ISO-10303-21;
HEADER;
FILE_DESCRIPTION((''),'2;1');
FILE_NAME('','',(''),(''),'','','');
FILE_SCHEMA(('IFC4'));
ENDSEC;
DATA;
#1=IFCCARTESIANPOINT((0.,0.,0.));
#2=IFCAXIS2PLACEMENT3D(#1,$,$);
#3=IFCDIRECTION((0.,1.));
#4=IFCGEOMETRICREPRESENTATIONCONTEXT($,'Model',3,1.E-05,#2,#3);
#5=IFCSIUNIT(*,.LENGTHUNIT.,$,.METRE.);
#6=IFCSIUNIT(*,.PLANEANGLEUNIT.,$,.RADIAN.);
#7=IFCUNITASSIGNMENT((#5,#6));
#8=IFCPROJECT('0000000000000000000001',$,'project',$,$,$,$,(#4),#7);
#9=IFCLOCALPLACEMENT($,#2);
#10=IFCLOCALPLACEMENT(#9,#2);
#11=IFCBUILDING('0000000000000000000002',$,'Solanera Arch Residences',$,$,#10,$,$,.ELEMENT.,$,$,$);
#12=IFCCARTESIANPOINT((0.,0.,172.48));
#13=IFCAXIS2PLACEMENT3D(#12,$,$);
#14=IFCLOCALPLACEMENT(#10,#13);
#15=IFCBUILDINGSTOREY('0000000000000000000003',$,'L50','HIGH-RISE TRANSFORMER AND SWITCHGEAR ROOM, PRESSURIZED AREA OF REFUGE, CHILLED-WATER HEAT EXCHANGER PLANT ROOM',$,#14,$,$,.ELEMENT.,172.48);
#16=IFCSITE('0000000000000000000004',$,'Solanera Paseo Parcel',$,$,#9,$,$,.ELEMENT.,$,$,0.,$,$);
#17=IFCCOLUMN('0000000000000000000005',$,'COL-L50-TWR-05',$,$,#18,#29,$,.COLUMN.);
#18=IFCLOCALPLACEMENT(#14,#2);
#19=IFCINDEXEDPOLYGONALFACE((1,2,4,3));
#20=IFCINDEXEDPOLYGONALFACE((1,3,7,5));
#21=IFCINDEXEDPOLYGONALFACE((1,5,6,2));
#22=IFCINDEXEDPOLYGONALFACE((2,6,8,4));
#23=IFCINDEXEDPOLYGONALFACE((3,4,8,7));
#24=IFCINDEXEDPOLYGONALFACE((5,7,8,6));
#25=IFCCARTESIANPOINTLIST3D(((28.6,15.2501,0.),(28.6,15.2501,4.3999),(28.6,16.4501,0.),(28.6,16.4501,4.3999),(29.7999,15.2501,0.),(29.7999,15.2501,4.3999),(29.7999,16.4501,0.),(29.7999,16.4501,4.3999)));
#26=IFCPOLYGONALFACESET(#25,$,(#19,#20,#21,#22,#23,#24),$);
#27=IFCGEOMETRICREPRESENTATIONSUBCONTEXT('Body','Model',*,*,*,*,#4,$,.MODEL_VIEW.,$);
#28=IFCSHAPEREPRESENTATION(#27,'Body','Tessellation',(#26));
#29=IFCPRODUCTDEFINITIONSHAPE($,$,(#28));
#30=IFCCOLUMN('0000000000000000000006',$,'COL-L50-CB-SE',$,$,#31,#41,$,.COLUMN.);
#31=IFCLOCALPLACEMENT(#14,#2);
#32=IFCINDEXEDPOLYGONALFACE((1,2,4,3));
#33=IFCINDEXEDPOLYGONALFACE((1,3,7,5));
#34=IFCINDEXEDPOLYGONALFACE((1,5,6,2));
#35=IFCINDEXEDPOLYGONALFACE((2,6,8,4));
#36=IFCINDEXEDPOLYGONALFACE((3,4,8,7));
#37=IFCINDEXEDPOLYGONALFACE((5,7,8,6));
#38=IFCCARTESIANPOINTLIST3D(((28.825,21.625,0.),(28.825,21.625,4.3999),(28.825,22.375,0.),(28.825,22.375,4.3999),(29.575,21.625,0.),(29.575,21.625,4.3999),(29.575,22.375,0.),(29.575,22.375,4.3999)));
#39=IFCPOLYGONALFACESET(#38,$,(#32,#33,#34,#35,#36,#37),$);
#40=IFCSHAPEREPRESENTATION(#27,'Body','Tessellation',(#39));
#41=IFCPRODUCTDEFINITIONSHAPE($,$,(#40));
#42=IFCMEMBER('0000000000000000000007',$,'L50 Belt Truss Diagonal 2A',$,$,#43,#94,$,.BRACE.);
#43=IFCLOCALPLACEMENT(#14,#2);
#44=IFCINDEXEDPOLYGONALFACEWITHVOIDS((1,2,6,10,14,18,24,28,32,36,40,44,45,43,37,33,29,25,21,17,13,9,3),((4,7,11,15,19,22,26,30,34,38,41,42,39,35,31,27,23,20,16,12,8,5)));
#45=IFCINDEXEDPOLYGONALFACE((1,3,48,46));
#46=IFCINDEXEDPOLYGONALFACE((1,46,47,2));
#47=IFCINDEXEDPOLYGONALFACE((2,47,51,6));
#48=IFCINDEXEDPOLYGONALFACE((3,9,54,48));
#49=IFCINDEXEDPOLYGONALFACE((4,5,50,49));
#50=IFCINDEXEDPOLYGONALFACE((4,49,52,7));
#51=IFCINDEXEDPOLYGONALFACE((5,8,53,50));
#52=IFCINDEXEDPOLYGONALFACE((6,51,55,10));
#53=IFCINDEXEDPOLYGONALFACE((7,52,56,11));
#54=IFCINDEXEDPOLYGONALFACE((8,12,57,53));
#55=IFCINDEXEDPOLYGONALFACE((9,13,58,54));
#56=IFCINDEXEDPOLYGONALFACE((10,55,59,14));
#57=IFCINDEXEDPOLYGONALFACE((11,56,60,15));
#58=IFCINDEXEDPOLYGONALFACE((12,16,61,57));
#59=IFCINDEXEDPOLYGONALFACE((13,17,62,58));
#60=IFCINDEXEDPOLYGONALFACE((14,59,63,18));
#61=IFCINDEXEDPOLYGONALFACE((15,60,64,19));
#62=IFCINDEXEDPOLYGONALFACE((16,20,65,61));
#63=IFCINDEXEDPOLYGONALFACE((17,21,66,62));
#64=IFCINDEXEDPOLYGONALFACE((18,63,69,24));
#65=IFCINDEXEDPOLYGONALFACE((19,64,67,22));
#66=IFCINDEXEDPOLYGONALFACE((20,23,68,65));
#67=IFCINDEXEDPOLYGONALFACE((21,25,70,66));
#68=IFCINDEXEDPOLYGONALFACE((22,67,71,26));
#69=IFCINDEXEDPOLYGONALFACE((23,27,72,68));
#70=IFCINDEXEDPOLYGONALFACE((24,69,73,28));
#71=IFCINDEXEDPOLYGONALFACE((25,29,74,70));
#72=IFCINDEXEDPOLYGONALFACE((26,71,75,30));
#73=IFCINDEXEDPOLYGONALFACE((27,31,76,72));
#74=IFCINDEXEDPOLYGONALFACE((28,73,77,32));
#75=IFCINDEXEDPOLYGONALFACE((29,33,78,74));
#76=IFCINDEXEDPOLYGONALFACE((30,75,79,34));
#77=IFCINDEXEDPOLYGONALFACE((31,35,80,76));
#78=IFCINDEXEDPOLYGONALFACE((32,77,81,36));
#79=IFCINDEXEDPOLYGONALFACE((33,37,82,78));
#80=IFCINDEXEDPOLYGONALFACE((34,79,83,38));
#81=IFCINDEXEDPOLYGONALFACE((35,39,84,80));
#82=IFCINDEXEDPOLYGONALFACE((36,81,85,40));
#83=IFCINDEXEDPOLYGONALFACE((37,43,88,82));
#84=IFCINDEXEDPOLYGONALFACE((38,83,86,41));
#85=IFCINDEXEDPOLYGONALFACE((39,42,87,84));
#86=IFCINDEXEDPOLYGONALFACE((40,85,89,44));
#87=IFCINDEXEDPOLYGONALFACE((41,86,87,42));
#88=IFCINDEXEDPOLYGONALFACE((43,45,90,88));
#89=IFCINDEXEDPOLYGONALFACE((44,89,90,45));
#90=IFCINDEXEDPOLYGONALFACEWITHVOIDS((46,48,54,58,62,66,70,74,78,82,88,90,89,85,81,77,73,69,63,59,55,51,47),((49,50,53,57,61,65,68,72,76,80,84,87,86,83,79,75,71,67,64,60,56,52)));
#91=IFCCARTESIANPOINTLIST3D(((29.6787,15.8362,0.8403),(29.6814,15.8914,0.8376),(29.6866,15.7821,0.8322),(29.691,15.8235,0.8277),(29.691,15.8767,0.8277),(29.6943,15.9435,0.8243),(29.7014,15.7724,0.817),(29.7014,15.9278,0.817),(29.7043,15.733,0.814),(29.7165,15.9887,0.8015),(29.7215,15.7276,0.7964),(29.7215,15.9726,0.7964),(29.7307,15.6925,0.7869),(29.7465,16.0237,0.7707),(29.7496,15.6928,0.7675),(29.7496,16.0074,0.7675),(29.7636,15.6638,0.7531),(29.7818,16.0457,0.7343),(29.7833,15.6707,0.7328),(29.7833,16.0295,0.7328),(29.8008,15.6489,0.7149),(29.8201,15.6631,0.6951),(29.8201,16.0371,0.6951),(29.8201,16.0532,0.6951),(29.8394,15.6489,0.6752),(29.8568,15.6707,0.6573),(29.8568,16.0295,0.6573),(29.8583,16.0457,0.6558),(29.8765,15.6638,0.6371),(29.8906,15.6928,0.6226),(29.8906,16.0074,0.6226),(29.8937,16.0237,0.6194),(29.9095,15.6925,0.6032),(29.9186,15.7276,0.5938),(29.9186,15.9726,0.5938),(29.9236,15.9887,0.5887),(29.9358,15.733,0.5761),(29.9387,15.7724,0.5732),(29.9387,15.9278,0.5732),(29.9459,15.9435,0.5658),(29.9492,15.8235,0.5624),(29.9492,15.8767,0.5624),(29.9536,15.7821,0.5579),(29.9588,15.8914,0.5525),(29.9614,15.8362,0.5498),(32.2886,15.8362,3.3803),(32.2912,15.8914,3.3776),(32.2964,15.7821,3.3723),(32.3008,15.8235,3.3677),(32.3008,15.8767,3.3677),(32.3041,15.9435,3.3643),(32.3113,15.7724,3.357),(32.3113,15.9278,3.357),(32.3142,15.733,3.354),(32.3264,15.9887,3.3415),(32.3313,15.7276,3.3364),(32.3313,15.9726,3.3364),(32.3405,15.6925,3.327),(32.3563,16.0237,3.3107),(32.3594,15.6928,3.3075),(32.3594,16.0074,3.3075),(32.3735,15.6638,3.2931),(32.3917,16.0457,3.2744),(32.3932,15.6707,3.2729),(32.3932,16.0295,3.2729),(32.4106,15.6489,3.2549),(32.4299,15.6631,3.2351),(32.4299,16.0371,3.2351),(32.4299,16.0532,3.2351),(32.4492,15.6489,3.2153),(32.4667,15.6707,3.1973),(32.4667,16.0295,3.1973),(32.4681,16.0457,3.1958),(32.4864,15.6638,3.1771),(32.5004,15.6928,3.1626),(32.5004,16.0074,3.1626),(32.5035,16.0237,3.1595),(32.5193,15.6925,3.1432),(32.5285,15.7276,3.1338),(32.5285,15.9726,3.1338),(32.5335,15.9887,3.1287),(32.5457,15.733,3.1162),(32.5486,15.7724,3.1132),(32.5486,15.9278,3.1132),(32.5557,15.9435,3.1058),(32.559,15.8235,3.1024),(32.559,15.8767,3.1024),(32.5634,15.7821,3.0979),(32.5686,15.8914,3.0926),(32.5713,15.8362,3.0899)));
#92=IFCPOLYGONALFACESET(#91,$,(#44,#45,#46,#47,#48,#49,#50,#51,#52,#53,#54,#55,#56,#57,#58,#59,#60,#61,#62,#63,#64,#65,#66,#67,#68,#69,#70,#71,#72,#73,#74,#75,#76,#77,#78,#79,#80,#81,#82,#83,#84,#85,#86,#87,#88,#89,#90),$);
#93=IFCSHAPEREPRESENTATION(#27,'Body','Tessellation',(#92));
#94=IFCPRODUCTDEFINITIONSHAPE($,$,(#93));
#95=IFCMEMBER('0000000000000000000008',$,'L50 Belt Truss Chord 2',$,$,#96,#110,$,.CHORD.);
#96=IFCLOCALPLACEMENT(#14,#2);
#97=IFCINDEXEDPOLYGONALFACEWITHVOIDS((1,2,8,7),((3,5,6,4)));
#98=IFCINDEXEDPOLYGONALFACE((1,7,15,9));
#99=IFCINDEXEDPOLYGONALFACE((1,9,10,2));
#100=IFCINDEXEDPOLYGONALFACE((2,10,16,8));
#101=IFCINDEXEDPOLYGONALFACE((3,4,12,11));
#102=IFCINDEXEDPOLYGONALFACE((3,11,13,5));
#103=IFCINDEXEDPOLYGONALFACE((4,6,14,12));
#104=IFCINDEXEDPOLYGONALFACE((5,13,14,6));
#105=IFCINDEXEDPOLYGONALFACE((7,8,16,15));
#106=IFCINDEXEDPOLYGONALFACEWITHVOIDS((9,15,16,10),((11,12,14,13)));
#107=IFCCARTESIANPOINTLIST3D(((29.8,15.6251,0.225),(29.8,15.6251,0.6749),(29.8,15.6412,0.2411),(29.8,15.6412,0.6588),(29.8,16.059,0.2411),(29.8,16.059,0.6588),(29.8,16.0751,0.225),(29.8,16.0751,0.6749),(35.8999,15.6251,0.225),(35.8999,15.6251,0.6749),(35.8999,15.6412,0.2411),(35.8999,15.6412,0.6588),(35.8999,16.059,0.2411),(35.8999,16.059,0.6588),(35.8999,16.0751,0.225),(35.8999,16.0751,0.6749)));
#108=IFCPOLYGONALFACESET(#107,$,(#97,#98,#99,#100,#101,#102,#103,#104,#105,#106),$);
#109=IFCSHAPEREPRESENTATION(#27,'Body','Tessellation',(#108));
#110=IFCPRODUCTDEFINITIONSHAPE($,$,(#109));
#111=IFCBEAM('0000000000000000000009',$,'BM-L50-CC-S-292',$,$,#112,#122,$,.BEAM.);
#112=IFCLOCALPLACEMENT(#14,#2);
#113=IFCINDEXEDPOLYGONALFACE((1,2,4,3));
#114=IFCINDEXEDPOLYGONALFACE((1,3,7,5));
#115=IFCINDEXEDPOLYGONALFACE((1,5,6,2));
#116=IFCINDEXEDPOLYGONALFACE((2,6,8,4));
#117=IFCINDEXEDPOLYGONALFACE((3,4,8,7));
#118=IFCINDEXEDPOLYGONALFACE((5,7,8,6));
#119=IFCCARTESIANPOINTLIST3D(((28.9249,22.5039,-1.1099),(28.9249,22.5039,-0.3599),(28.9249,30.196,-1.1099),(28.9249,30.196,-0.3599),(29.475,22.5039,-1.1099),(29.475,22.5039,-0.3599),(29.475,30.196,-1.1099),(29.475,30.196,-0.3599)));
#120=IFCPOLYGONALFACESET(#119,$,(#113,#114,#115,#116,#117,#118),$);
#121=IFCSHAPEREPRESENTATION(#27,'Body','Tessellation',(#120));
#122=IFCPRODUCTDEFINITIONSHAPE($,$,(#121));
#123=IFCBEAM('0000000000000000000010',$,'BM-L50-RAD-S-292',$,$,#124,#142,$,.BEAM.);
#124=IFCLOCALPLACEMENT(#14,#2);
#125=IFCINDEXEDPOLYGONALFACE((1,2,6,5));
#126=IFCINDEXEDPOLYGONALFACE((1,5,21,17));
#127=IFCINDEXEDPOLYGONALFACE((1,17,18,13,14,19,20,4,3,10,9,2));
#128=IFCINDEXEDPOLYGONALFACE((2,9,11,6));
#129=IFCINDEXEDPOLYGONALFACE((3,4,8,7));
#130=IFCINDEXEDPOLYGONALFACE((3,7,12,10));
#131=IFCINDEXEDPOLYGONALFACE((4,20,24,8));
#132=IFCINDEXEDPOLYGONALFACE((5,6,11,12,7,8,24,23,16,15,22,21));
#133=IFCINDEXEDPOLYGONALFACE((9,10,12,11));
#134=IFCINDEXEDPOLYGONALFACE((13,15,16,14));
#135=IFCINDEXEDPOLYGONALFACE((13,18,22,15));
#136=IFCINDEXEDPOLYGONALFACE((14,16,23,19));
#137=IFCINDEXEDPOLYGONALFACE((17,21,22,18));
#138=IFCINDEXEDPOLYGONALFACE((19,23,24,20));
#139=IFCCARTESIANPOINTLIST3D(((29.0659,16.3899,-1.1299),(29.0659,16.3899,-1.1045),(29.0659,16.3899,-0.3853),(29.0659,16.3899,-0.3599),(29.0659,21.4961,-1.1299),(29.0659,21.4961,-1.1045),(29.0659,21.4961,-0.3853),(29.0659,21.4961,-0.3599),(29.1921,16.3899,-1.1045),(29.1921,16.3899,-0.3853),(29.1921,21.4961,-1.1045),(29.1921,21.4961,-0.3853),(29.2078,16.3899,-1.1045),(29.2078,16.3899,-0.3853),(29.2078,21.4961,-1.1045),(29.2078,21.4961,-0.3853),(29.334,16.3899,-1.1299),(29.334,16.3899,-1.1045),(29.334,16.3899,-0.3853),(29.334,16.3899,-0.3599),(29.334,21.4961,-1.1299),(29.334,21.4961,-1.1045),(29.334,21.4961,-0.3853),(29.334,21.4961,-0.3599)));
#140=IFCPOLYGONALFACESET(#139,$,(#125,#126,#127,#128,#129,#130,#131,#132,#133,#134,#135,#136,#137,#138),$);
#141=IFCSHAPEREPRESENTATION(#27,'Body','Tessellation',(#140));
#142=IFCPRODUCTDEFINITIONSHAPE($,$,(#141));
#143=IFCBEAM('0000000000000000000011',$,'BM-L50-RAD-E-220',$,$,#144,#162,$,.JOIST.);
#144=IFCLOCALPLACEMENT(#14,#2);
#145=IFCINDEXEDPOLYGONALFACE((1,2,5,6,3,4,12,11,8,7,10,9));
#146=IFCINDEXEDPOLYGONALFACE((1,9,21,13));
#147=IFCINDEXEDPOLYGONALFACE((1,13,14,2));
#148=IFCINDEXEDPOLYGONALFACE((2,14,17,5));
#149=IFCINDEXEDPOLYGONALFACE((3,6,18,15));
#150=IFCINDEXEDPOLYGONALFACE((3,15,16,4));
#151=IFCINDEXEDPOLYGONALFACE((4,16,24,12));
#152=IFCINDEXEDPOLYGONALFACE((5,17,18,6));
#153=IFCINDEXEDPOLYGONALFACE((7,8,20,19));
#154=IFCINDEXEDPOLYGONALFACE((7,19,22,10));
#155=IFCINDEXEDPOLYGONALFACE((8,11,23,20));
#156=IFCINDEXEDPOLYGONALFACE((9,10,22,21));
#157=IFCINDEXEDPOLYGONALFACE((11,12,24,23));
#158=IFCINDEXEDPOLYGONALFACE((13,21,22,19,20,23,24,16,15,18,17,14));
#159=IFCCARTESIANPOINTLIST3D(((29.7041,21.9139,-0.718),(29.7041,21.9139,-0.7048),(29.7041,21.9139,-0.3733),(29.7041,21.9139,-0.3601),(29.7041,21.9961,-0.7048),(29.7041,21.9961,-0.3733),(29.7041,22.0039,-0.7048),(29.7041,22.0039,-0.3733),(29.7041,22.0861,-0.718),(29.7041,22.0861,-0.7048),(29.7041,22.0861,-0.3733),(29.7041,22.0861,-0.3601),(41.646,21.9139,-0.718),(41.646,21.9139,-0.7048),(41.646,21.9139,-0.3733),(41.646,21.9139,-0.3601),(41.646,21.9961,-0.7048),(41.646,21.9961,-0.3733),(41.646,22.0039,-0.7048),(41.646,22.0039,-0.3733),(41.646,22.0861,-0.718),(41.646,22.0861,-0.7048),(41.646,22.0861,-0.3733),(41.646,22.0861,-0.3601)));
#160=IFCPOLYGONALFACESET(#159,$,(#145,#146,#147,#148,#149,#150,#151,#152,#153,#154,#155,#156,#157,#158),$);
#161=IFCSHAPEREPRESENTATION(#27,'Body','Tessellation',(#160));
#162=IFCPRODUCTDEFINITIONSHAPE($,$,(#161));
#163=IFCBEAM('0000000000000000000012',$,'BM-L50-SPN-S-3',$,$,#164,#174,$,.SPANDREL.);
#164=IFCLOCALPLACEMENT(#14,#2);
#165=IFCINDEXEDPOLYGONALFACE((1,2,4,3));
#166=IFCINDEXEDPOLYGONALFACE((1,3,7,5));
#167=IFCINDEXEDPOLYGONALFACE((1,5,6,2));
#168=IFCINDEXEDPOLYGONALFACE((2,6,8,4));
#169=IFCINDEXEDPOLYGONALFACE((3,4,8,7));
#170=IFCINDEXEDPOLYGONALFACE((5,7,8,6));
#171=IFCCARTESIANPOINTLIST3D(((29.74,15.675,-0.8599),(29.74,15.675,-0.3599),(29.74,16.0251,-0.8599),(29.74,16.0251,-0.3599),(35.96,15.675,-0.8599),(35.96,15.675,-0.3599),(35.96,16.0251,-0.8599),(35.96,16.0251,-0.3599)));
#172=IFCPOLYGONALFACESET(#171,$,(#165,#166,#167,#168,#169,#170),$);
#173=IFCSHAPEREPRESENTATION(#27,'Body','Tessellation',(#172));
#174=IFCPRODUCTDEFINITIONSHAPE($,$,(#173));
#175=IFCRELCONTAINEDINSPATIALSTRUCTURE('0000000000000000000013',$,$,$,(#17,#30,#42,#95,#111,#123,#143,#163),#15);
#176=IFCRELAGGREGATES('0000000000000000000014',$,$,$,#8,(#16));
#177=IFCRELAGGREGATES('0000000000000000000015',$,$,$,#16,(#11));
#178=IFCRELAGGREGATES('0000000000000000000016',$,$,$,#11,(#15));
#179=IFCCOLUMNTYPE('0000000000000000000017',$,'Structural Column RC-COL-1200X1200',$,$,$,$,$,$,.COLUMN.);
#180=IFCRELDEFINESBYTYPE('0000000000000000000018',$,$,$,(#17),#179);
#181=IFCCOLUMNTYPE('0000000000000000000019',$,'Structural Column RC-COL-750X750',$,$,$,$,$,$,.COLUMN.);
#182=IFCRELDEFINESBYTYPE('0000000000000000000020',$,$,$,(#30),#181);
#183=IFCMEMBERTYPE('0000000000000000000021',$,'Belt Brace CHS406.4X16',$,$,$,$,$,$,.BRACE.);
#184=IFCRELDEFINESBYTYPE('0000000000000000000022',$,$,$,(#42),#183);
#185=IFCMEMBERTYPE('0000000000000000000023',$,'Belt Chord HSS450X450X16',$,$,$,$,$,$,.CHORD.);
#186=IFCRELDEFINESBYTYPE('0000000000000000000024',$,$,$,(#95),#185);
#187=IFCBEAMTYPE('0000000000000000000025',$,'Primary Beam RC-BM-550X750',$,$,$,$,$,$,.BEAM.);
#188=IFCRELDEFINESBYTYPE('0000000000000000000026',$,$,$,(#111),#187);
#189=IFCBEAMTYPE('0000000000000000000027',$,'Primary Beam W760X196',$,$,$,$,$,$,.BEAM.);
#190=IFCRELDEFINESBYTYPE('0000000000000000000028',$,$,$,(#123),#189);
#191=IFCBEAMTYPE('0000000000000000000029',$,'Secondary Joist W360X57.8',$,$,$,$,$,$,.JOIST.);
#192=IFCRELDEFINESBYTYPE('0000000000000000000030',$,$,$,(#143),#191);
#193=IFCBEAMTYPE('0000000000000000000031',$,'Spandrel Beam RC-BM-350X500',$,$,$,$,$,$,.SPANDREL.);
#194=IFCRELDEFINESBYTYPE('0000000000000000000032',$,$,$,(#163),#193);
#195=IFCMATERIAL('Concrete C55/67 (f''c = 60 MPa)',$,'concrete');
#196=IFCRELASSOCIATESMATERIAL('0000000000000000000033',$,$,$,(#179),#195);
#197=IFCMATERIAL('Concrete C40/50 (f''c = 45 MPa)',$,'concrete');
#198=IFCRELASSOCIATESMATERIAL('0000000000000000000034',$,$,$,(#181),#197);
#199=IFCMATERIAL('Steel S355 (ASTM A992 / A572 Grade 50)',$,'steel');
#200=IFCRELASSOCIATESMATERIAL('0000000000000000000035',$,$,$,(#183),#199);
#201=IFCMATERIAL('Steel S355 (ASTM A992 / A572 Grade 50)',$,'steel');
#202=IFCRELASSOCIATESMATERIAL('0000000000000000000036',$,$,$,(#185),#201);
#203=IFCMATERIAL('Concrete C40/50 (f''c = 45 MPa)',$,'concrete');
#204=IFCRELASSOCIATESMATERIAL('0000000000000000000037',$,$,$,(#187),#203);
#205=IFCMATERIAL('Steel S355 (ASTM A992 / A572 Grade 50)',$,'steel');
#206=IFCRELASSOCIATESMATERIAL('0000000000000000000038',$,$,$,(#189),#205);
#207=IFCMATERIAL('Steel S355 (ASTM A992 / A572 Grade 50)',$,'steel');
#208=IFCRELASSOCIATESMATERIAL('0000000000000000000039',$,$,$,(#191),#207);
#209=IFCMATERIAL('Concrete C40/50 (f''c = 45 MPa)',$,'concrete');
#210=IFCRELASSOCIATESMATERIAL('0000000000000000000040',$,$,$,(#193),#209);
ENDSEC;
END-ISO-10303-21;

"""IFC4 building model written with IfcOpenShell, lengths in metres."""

from ifc_helpers import new_model, si_unit, direction, frame, origin, origin_2d, place, context, subcontext, project, spatial, rectangle, hollow_rectangle, hollow_circle, i_section, extrude, material, material_profile, profile_set, type_object, element, save


model = new_model("IFC4")

# Units and contexts
model_context = context("Model", 3, precision=1e-05, world=origin(), true_north=direction((0.0, 1.0)))
body_context = subcontext(model_context, "Body", "Model", "MODEL_VIEW")
ifc_project = project(units=[si_unit("LENGTHUNIT", "METRE"), si_unit("PLANEANGLEUNIT", "RADIAN")], contexts=[model_context])

# Site, building, storey
site_placement = place(None, origin())
site = spatial("IfcSite", under=ifc_project, at=site_placement, Name="Solanera Paseo Parcel", CompositionType="ELEMENT", RefElevation=0.0)
building_placement = place(site_placement, origin())
building = spatial("IfcBuilding", under=site, at=building_placement, Name="Solanera Arch Residences", CompositionType="ELEMENT")
storey_placement = place(building_placement, frame((0.0, 0.0, 172.48)))
storey = spatial("IfcBuildingStorey", under=building, at=storey_placement, Name="L50", Description="HIGH-RISE TRANSFORMER AND SWITCHGEAR ROOM, PRESSURIZED AREA OF REFUGE, CHILLED-WATER HEAT EXCHANGER PLANT ROOM", CompositionType="ELEMENT", Elevation=172.48)

# Columns
ifc_material_1 = material(Name="Concrete C55/67 (f'c = 60 MPa)", Category="concrete")
ifc_material_profile_1 = material_profile(ifc_material_1, rectangle(XDim=1.2, YDim=1.2, at=origin_2d()))
ifc_profile_set_1 = profile_set([ifc_material_profile_1], Name="Concrete C55/67 (f'c = 60 MPa)")
column_type_1 = type_object("IfcColumnType", Name="Structural Column RC-COL-1200X1200", PredefinedType="COLUMN", material=ifc_profile_set_1)
column_1_placement = place(storey_placement, frame((29.2, 15.8501, 0.0), z_axis=(0.0, 0.0, 1.0), x_axis=(1.0, 0.0, 0.0)))
element("IfcColumn", 1, at=column_1_placement, inside=storey, type_object=column_type_1, Name="COL-L50-TWR-05", PredefinedType="COLUMN", context=body_context, shape_type="SweptSolid", body=[
    extrude(rectangle(XDim=1.2, YDim=1.2, at=origin_2d()), origin(), (0.0, 0.0, 1.0), 4.3999),
])
ifc_material_2 = material(Name="Concrete C40/50 (f'c = 45 MPa)", Category="concrete")
ifc_material_profile_2 = material_profile(ifc_material_2, rectangle(XDim=0.75, YDim=0.75, at=origin_2d()))
ifc_profile_set_2 = profile_set([ifc_material_profile_2], Name="Concrete C40/50 (f'c = 45 MPa)")
column_type_2 = type_object("IfcColumnType", Name="Structural Column RC-COL-750X750", PredefinedType="COLUMN", material=ifc_profile_set_2)
column_2_placement = place(storey_placement, frame((29.2, 22.0, 0.0), z_axis=(0.0, 0.0, 1.0), x_axis=(1.0, 0.0, 0.0)))
element("IfcColumn", 2, at=column_2_placement, inside=storey, type_object=column_type_2, Name="COL-L50-CB-SE", PredefinedType="COLUMN", context=body_context, shape_type="SweptSolid", body=[
    extrude(rectangle(XDim=0.75, YDim=0.75, at=origin_2d()), origin(), (0.0, 0.0, 1.0), 4.3999),
])

# Members
ifc_material_3 = material(Name="Steel S355 (ASTM A992 / A572 Grade 50)", Category="steel")
ifc_material_profile_3 = material_profile(ifc_material_3, hollow_circle(Radius=0.2031, WallThickness=0.0161, at=origin_2d()))
ifc_profile_set_3 = profile_set([ifc_material_profile_3], Name="Steel S355 (ASTM A992 / A572 Grade 50)")
member_type_1 = type_object("IfcMemberType", Name="Belt Brace CHS406.4X16", PredefinedType="BRACE", material=ifc_profile_set_3)
member_1_placement = place(storey_placement, frame((29.8201, 15.8501, 0.6951), z_axis=(0.716628, 0.0, 0.697455), x_axis=(0.0, 1.0, 0.0)))
element("IfcMember", 3, at=member_1_placement, inside=storey, type_object=member_type_1, Name="L50 Belt Truss Diagonal 2A", PredefinedType="BRACE", context=body_context, shape_type="SweptSolid", body=[
    extrude(hollow_circle(Radius=0.2031, WallThickness=0.0161, at=origin_2d()), origin(), (0.0, 0.0, 1.0), 3.6418),
])
ifc_material_4 = material(Name="Steel S355 (ASTM A992 / A572 Grade 50)", Category="steel")
ifc_material_profile_4 = material_profile(ifc_material_4, hollow_rectangle(XDim=0.45, YDim=0.45, WallThickness=0.0161, at=origin_2d()))
ifc_profile_set_4 = profile_set([ifc_material_profile_4], Name="Steel S355 (ASTM A992 / A572 Grade 50)")
member_type_2 = type_object("IfcMemberType", Name="Belt Chord HSS450X450X16", PredefinedType="CHORD", material=ifc_profile_set_4)
member_2_placement = place(storey_placement, frame((29.8, 15.8501, 0.45), z_axis=(1.0, 0.0, 0.0), x_axis=(0.0, 1.0, 0.0)))
element("IfcMember", 4, at=member_2_placement, inside=storey, type_object=member_type_2, Name="L50 Belt Truss Chord 2", PredefinedType="CHORD", context=body_context, shape_type="SweptSolid", body=[
    extrude(hollow_rectangle(XDim=0.45, YDim=0.45, WallThickness=0.0161, at=origin_2d()), origin(), (0.0, 0.0, 1.0), 6.0999),
])

# Beams
ifc_material_5 = material(Name="Concrete C40/50 (f'c = 45 MPa)", Category="concrete")
ifc_material_profile_5 = material_profile(ifc_material_5, rectangle(XDim=0.55, YDim=0.75, at=origin_2d()))
ifc_profile_set_5 = profile_set([ifc_material_profile_5], Name="Concrete C40/50 (f'c = 45 MPa)")
beam_type_1 = type_object("IfcBeamType", Name="Primary Beam RC-BM-550X750", PredefinedType="BEAM", material=ifc_profile_set_5)
beam_1_placement = place(storey_placement, frame((29.2, 22.5039, -0.7349), z_axis=(0.0, 1.0, 0.0), x_axis=(-1.0, 0.0, 0.0)))
element("IfcBeam", 5, at=beam_1_placement, inside=storey, type_object=beam_type_1, Name="BM-L50-CC-S-292", PredefinedType="BEAM", context=body_context, shape_type="SweptSolid", body=[
    extrude(rectangle(XDim=0.55, YDim=0.75, at=origin_2d()), origin(), (0.0, 0.0, 1.0), 7.6921),
])
ifc_material_6 = material(Name="Steel S355 (ASTM A992 / A572 Grade 50)", Category="steel")
ifc_material_profile_6 = material_profile(ifc_material_6, i_section(OverallWidth=0.2681, OverallDepth=0.77, WebThickness=0.0156, FlangeThickness=0.0254, at=origin_2d()))
ifc_profile_set_6 = profile_set([ifc_material_profile_6], Name="Steel S355 (ASTM A992 / A572 Grade 50)")
beam_type_2 = type_object("IfcBeamType", Name="Primary Beam W760X196", PredefinedType="BEAM", material=ifc_profile_set_6)
beam_2_placement = place(storey_placement, frame((29.2, 16.3899, -0.7449), z_axis=(0.0, 1.0, 0.0), x_axis=(-1.0, 0.0, 0.0)))
element("IfcBeam", 6, at=beam_2_placement, inside=storey, type_object=beam_type_2, Name="BM-L50-RAD-S-292", PredefinedType="BEAM", context=body_context, shape_type="SweptSolid", body=[
    extrude(i_section(OverallWidth=0.2681, OverallDepth=0.77, WebThickness=0.0156, FlangeThickness=0.0254, at=origin_2d()), origin(), (0.0, 0.0, 1.0), 5.1062),
])
ifc_material_7 = material(Name="Steel S355 (ASTM A992 / A572 Grade 50)", Category="steel")
ifc_material_profile_7 = material_profile(ifc_material_7, i_section(OverallWidth=0.1721, OverallDepth=0.3579, WebThickness=0.0078, FlangeThickness=0.0132, at=origin_2d()))
ifc_profile_set_7 = profile_set([ifc_material_profile_7], Name="Steel S355 (ASTM A992 / A572 Grade 50)")
beam_type_3 = type_object("IfcBeamType", Name="Secondary Joist W360X57.8", PredefinedType="JOIST", material=ifc_profile_set_7)
beam_3_placement = place(storey_placement, frame((29.7041, 22.0, -0.5391), z_axis=(1.0, 0.0, 0.0), x_axis=(0.0, 1.0, 0.0)))
element("IfcBeam", 7, at=beam_3_placement, inside=storey, type_object=beam_type_3, Name="BM-L50-RAD-E-220", PredefinedType="JOIST", context=body_context, shape_type="SweptSolid", body=[
    extrude(i_section(OverallWidth=0.1721, OverallDepth=0.3579, WebThickness=0.0078, FlangeThickness=0.0132, at=origin_2d()), origin(), (0.0, 0.0, 1.0), 11.9419),
])
ifc_material_8 = material(Name="Concrete C40/50 (f'c = 45 MPa)", Category="concrete")
ifc_material_profile_8 = material_profile(ifc_material_8, rectangle(XDim=0.3501, YDim=0.5, at=origin_2d()))
ifc_profile_set_8 = profile_set([ifc_material_profile_8], Name="Concrete C40/50 (f'c = 45 MPa)")
beam_type_4 = type_object("IfcBeamType", Name="Spandrel Beam RC-BM-350X500", PredefinedType="SPANDREL", material=ifc_profile_set_8)
beam_4_placement = place(storey_placement, frame((29.74, 15.8501, -0.6099), z_axis=(1.0, 0.0, 0.0), x_axis=(0.0, 1.0, 0.0)))
element("IfcBeam", 8, at=beam_4_placement, inside=storey, type_object=beam_type_4, Name="BM-L50-SPN-S-3", PredefinedType="SPANDREL", context=body_context, shape_type="SweptSolid", body=[
    extrude(rectangle(XDim=0.3501, YDim=0.5, at=origin_2d()), origin(), (0.0, 0.0, 1.0), 6.22),
])

save(model, "model.ifc")
